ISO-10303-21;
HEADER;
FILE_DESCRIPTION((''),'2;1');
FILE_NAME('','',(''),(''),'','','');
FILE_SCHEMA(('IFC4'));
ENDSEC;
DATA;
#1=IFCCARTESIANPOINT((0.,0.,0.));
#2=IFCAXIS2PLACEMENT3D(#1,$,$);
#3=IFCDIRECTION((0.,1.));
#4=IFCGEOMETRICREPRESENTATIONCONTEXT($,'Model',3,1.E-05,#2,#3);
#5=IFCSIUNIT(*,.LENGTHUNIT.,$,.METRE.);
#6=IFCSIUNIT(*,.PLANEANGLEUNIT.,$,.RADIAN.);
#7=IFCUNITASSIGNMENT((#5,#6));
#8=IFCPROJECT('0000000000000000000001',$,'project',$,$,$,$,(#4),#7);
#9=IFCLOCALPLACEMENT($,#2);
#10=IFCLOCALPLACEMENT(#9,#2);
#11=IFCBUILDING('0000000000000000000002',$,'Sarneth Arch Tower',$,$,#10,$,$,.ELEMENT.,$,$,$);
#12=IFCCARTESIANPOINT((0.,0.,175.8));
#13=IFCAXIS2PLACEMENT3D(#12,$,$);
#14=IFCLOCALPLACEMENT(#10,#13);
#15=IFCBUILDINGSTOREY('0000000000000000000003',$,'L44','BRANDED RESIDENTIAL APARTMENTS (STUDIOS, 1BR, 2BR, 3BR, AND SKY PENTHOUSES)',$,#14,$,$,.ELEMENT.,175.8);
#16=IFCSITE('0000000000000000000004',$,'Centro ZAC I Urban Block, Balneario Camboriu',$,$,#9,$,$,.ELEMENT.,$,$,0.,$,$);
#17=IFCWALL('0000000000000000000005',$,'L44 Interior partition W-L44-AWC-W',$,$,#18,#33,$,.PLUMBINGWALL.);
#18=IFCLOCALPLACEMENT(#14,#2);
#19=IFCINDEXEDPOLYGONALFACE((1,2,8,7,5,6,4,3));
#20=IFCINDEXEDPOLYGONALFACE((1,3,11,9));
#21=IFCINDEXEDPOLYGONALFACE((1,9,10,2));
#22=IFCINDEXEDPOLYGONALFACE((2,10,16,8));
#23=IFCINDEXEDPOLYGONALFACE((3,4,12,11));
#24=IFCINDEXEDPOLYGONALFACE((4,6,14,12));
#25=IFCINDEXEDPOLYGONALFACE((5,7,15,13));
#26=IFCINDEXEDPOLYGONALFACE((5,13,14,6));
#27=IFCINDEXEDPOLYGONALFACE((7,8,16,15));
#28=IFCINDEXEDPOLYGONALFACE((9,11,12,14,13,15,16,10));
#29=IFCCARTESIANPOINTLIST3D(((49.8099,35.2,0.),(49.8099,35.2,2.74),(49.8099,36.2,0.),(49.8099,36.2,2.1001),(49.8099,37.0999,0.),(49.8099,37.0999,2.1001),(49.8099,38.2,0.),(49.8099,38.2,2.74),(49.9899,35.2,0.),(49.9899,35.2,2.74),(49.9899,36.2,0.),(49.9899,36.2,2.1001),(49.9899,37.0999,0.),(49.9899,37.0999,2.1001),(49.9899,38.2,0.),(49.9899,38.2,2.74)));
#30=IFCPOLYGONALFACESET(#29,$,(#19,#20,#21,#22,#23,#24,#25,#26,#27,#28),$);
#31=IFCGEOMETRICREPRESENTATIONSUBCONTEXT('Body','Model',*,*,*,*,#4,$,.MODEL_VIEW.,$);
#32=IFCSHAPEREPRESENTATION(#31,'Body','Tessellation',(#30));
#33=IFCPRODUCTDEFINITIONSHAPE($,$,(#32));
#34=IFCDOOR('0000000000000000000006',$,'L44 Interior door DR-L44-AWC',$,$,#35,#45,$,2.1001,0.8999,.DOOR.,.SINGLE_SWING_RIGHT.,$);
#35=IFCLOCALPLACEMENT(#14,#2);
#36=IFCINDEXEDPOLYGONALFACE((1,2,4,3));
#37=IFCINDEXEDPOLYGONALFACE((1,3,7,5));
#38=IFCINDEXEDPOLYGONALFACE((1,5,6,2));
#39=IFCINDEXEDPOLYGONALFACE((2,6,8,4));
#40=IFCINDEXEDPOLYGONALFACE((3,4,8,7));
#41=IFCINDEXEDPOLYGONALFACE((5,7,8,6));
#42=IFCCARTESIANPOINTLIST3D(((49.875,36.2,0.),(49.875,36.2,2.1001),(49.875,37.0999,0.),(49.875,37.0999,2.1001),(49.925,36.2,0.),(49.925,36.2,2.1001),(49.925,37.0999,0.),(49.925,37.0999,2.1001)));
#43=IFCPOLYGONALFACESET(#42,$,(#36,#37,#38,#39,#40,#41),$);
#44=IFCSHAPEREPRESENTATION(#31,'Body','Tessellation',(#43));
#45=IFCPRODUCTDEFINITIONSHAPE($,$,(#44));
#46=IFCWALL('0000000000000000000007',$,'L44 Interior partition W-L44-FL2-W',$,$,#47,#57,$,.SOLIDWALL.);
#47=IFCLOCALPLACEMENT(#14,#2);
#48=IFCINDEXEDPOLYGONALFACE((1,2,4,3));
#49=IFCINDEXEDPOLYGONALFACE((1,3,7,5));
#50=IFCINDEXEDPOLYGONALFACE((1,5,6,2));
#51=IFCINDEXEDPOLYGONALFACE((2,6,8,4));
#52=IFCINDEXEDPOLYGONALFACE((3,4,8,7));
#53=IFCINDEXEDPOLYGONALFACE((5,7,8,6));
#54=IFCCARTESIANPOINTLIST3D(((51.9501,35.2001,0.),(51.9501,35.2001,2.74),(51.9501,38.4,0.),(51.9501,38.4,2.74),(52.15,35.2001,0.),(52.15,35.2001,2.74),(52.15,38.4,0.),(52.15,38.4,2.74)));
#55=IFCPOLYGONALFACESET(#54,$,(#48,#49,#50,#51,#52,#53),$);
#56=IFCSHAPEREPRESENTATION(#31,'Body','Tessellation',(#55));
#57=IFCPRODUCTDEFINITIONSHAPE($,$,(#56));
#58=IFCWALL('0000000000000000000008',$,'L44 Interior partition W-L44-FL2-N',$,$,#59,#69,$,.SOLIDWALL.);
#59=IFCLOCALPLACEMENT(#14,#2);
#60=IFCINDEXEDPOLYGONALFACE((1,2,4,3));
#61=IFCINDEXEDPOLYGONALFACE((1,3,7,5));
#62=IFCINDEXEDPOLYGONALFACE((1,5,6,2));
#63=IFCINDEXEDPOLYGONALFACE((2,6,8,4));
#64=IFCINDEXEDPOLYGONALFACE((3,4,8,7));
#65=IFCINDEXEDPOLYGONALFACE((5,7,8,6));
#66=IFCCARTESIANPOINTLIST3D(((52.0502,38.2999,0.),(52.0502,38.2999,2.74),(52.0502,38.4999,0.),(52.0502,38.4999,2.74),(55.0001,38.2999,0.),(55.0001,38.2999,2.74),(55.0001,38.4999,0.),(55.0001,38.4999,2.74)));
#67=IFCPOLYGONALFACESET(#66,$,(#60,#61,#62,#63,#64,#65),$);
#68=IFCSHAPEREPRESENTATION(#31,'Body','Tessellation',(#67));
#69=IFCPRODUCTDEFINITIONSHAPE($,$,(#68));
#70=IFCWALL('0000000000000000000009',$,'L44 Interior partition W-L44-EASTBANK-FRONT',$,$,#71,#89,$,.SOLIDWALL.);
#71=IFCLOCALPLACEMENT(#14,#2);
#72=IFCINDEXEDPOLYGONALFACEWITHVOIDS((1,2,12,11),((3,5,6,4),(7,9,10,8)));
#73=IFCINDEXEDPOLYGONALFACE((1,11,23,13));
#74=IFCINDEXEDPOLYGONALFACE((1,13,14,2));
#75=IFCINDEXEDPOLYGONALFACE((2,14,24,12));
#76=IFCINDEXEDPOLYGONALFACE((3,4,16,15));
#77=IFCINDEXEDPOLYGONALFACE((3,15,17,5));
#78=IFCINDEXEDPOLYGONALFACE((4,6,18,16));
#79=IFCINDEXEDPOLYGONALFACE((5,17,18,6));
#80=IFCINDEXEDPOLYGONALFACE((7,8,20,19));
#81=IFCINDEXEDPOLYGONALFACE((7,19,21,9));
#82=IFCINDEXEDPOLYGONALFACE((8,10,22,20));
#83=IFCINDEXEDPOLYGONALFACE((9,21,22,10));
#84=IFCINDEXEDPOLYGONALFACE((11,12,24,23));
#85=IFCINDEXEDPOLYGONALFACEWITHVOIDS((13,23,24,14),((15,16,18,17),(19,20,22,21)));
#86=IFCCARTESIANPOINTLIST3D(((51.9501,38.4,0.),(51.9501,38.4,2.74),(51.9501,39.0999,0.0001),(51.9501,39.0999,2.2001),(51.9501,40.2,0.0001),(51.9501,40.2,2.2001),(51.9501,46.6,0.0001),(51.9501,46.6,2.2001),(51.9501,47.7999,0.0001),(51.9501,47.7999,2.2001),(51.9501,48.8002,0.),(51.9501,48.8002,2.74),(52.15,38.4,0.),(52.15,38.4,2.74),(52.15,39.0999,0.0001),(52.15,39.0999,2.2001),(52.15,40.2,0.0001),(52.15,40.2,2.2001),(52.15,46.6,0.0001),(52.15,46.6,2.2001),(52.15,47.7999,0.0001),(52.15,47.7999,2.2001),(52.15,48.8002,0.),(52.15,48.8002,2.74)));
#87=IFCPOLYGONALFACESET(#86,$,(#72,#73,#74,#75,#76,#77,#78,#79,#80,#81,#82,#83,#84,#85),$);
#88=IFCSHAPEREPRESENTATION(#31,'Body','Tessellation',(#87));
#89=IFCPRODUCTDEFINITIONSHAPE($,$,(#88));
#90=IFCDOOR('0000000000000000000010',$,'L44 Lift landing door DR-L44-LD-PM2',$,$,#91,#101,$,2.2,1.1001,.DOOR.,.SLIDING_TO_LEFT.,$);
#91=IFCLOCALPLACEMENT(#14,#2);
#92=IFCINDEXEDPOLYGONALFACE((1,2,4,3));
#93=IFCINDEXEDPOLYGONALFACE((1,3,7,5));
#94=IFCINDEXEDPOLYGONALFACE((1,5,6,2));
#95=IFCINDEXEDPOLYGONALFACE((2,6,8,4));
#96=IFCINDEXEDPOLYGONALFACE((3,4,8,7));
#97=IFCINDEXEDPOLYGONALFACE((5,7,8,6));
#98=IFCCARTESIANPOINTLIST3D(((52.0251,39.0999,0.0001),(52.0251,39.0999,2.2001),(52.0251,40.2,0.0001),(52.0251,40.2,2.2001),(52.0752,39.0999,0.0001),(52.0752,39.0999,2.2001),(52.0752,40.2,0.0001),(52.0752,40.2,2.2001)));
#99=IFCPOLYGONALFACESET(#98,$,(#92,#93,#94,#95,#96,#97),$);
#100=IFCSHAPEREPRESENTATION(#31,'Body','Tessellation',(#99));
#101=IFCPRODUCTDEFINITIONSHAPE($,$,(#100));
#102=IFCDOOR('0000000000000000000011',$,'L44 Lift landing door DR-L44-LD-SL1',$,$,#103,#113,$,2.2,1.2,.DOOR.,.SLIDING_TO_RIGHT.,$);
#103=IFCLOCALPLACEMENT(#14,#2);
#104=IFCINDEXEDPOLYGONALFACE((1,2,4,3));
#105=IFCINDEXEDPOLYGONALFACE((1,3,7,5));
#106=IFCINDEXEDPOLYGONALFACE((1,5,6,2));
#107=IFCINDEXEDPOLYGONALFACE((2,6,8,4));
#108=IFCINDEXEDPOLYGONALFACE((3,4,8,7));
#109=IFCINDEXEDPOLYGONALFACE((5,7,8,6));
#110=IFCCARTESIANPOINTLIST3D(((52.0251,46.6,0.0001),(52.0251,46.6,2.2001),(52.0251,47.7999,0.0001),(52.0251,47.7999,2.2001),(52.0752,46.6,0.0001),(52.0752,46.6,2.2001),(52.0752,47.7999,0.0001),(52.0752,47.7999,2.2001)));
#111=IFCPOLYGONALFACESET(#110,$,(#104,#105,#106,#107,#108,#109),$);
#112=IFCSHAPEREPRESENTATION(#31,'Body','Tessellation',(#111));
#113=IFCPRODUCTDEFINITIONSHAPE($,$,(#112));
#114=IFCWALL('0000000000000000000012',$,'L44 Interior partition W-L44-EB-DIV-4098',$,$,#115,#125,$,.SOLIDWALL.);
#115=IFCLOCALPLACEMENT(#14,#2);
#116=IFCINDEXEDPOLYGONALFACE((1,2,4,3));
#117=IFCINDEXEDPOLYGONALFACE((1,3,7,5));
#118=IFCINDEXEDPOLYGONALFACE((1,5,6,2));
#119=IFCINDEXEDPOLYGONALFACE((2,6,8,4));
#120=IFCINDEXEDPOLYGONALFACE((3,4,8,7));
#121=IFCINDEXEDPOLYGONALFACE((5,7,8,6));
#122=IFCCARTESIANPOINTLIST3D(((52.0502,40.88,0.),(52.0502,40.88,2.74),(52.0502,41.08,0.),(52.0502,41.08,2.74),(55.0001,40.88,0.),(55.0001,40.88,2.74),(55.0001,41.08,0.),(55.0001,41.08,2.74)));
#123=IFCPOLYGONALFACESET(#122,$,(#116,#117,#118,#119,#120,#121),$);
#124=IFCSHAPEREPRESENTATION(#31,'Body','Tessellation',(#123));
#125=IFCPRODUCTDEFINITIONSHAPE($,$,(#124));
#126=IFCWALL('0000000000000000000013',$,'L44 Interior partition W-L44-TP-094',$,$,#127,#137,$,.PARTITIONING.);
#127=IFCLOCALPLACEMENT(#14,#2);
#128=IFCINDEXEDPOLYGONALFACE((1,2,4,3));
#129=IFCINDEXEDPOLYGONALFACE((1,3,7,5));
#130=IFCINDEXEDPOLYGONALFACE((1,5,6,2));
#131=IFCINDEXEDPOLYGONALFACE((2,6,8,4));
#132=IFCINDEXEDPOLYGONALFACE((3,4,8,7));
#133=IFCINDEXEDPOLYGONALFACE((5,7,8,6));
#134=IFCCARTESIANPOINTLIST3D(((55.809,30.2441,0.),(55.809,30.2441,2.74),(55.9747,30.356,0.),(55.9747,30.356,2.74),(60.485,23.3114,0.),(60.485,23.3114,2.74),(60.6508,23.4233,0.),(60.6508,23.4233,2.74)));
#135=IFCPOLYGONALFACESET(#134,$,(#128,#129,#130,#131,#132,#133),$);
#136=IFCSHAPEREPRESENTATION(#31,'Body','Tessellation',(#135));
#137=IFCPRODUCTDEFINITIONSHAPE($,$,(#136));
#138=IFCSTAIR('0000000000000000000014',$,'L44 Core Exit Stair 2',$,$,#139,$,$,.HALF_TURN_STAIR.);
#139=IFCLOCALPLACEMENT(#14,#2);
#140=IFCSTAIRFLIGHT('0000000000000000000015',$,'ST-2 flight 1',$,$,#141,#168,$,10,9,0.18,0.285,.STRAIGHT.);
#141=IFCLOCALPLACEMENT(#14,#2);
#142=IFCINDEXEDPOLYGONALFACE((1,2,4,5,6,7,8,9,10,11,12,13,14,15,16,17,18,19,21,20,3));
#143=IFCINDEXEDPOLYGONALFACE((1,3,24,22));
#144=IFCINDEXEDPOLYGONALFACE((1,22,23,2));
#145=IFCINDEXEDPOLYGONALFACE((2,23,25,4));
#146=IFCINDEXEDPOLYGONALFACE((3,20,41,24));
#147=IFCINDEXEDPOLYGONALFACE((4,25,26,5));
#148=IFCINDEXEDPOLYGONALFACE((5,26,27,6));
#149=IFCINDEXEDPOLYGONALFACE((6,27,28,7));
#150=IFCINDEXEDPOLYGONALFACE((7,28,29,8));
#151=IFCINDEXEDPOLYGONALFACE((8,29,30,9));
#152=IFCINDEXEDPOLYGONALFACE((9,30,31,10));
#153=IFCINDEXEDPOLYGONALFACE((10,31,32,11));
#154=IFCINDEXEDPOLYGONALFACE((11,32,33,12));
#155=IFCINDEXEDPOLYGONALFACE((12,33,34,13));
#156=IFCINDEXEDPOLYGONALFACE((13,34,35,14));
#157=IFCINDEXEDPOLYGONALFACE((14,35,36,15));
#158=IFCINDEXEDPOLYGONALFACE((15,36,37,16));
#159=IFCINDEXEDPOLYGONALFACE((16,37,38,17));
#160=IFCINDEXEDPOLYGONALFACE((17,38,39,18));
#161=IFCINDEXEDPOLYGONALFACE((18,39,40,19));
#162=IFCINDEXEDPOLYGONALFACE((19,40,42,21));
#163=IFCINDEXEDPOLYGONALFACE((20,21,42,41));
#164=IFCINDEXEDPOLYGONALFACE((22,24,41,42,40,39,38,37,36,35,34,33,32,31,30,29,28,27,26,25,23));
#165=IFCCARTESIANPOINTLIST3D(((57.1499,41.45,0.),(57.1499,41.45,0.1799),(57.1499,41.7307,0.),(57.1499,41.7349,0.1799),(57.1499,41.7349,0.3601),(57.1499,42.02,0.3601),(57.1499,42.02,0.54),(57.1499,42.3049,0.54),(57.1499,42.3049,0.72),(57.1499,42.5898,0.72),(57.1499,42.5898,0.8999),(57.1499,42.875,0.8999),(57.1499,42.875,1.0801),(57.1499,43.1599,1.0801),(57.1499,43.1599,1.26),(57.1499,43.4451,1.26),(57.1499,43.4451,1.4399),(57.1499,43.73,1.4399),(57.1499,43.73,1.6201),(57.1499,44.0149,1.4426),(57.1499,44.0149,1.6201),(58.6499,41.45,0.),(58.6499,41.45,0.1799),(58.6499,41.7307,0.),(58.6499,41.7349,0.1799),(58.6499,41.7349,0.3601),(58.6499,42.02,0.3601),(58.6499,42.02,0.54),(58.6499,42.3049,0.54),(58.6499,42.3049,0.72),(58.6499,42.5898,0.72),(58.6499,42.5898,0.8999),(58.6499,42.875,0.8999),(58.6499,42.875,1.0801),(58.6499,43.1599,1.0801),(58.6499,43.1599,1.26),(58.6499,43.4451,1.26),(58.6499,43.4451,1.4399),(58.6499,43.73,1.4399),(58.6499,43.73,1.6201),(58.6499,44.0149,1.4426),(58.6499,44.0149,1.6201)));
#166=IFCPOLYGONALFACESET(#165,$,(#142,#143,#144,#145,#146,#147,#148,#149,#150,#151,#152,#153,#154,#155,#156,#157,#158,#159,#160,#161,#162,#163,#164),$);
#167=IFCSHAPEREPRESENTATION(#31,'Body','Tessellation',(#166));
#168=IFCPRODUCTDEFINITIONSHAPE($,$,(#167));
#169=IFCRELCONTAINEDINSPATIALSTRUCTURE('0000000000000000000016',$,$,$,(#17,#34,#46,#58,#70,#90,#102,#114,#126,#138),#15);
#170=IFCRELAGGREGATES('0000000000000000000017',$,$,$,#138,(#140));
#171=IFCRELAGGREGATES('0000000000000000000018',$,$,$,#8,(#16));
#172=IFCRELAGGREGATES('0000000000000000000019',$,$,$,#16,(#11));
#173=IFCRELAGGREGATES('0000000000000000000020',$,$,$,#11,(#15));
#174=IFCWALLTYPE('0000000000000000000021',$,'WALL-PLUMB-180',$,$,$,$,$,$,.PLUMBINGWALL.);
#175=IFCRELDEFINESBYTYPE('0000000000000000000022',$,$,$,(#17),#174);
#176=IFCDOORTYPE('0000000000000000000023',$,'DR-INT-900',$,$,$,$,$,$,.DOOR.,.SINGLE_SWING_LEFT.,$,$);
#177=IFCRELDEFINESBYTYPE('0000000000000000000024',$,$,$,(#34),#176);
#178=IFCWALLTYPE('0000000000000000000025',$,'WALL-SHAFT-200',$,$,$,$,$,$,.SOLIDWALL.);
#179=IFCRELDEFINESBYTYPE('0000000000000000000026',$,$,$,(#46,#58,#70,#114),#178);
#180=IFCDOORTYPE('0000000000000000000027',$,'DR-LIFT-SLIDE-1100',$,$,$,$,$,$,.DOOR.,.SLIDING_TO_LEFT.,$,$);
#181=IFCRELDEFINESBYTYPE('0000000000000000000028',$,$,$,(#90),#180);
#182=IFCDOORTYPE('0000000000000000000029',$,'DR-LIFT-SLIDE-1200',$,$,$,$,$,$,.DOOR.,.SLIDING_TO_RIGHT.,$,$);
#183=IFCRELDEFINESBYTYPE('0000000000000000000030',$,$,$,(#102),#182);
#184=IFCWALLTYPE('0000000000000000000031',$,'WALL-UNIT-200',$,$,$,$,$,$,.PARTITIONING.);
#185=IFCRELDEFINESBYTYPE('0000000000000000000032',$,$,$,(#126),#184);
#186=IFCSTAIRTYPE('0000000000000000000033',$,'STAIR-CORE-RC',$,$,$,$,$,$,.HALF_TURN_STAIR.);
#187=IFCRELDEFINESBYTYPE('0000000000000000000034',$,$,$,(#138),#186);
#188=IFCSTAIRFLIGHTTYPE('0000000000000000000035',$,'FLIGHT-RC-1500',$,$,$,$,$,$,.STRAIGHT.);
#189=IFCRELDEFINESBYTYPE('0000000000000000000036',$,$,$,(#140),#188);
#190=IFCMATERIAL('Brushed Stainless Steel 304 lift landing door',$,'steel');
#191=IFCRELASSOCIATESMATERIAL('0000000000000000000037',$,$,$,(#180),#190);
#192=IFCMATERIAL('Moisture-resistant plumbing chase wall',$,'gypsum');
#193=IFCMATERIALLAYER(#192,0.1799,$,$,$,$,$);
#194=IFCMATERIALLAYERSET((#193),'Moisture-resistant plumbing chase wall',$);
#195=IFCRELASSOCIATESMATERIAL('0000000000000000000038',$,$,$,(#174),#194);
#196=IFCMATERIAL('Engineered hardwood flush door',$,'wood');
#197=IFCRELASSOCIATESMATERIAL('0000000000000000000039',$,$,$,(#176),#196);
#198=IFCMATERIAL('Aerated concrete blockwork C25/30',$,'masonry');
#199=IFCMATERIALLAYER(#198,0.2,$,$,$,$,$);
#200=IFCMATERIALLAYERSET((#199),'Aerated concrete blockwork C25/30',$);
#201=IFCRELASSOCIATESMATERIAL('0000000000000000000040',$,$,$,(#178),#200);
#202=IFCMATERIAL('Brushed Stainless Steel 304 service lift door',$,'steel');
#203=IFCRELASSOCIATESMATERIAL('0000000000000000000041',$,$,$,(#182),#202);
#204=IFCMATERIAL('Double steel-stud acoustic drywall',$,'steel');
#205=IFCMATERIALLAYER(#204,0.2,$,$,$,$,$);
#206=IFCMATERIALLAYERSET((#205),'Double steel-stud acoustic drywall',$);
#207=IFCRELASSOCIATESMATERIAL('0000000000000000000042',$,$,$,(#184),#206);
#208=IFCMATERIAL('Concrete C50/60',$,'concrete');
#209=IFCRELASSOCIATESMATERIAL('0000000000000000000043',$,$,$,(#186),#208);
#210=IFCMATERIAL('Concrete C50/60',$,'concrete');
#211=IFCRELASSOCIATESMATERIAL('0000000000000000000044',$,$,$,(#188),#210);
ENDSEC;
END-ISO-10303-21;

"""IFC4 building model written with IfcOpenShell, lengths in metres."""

from ifc_helpers import new_model, si_unit, direction, frame, frame_2d, origin, place, context, subcontext, project, spatial, polyline, rectangle, outline, extrude, material, layer, layer_set, type_object, element, fill, aggregate, save


model = new_model("IFC4")

# Units and contexts
model_context = context("Model", 3, precision=1e-05, world=origin(), true_north=direction((0.0, 1.0)))
body_context = subcontext(model_context, "Body", "Model", "MODEL_VIEW")
ifc_project = project(units=[si_unit("LENGTHUNIT", "METRE"), si_unit("PLANEANGLEUNIT", "RADIAN")], contexts=[model_context])

# Site, building, storey
site_placement = place(None, origin())
site = spatial("IfcSite", under=ifc_project, at=site_placement, Name="Centro ZAC I Urban Block, Balneario Camboriu", CompositionType="ELEMENT", RefElevation=0.0)
building_placement = place(site_placement, origin())
building = spatial("IfcBuilding", under=site, at=building_placement, Name="Sarneth Arch Tower", CompositionType="ELEMENT")
storey_placement = place(building_placement, frame((0.0, 0.0, 175.8)))
storey = spatial("IfcBuildingStorey", under=building, at=storey_placement, Name="L44", Description="BRANDED RESIDENTIAL APARTMENTS (STUDIOS, 1BR, 2BR, 3BR, AND SKY PENTHOUSES)", CompositionType="ELEMENT", Elevation=175.8)

# Shared definitions
ifc_material_1 = material(Name="Brushed Stainless Steel 304 lift landing door", Category="steel")
door_type_1 = type_object("IfcDoorType", Name="DR-LIFT-SLIDE-1100", OperationType="SLIDING_TO_LEFT", PredefinedType="DOOR", material=ifc_material_1)

# Shared definitions
ifc_material_2 = material(Name="Moisture-resistant plumbing chase wall", Category="gypsum")
ifc_layer_1 = layer(ifc_material_2, 0.1799)
ifc_layer_set_1 = layer_set([ifc_layer_1], Name="Moisture-resistant plumbing chase wall")
wall_type_1 = type_object("IfcWallType", Name="WALL-PLUMB-180", PredefinedType="PLUMBINGWALL", material=ifc_layer_set_1)

# Wall, opening, door
wall_1_placement = place(storey_placement, frame((49.8999, 35.2, 0.0), z_axis=(0.0, 0.0, 1.0), x_axis=(0.0, 1.0, 0.0)))
wall_1 = element("IfcWall", 1, at=wall_1_placement, inside=storey, type_object=wall_type_1, Name="L44 Interior partition W-L44-AWC-W", PredefinedType="PLUMBINGWALL", context=body_context, shape_type="SweptSolid", body=[
    extrude(rectangle(XDim=3.0, YDim=0.1799, at=frame_2d((1.5, 0.0))), origin(), (0.0, 0.0, 1.0), 2.74),
])
opening_1_placement = place(wall_1_placement, frame((1.0, 0.0, 0.0)))
opening_1 = element("IfcOpeningElement", 2, at=opening_1_placement, cuts=wall_1, PredefinedType="OPENING", context=body_context, shape_type="SweptSolid", body=[
    extrude(rectangle(XDim=0.8999, YDim=2.1001, at=frame_2d((0.45, 1.05))), frame((0.0, 0.0999, 0.0), z_axis=(0.0, -1.0, 0.0), x_axis=(1.0, 0.0, 0.0)), (0.0, 0.0, 1.0), 0.2),
])
ifc_material_3 = material(Name="Engineered hardwood flush door", Category="wood")
door_type_2 = type_object("IfcDoorType", Name="DR-INT-900", OperationType="SINGLE_SWING_LEFT", PredefinedType="DOOR", material=ifc_material_3)
door_1_placement = place(opening_1_placement, origin())
door_1 = element("IfcDoor", 3, at=door_1_placement, inside=storey, type_object=door_type_2, Name="L44 Interior door DR-L44-AWC", OperationType="SINGLE_SWING_RIGHT", OverallHeight=2.1001, OverallWidth=0.8999, PredefinedType="DOOR", context=body_context, shape_type="SweptSolid", body=[
    extrude(rectangle(XDim=0.8999, YDim=2.1001, at=frame_2d((0.45, 1.05))), frame((0.0, 0.0249, 0.0), z_axis=(0.0, -1.0, 0.0), x_axis=(1.0, 0.0, 0.0)), (0.0, 0.0, 1.0), 0.05),
])
fill(opening_1, door_1)
ifc_material_4 = material(Name="Aerated concrete blockwork C25/30", Category="masonry")
ifc_layer_2 = layer(ifc_material_4, 0.2)
ifc_layer_set_2 = layer_set([ifc_layer_2], Name="Aerated concrete blockwork C25/30")
wall_type_2 = type_object("IfcWallType", Name="WALL-SHAFT-200", PredefinedType="SOLIDWALL", material=ifc_layer_set_2)

# Walls
wall_2_placement = place(storey_placement, frame((52.05, 35.2, 0.0), z_axis=(0.0, 0.0, 1.0), x_axis=(0.0, 1.0, 0.0)))
element("IfcWall", 4, at=wall_2_placement, inside=storey, type_object=wall_type_2, Name="L44 Interior partition W-L44-FL2-W", PredefinedType="SOLIDWALL", context=body_context, shape_type="SweptSolid", body=[
    extrude(rectangle(XDim=3.2, YDim=0.2, at=frame_2d((1.6001, 0.0))), origin(), (0.0, 0.0, 1.0), 2.74),
])
wall_3_placement = place(storey_placement, frame((52.05, 38.3999, 0.0), z_axis=(0.0, 0.0, 1.0), x_axis=(1.0, 0.0, 0.0)))
element("IfcWall", 5, at=wall_3_placement, inside=storey, type_object=wall_type_2, Name="L44 Interior partition W-L44-FL2-N", PredefinedType="SOLIDWALL", context=body_context, shape_type="SweptSolid", body=[
    extrude(rectangle(XDim=2.95, YDim=0.2, at=frame_2d((1.4751, 0.0))), origin(), (0.0, 0.0, 1.0), 2.74),
])

# Wall, openings, doors
wall_4_placement = place(storey_placement, frame((52.05, 38.3999, 0.0), z_axis=(0.0, 0.0, 1.0), x_axis=(0.0, 1.0, 0.0)))
wall_4 = element("IfcWall", 6, at=wall_4_placement, inside=storey, type_object=wall_type_2, Name="L44 Interior partition W-L44-EASTBANK-FRONT", PredefinedType="SOLIDWALL", context=body_context, shape_type="SweptSolid", body=[
    extrude(rectangle(XDim=10.4001, YDim=0.2, at=frame_2d((5.2002, 0.0))), origin(), (0.0, 0.0, 1.0), 2.74),
])
opening_2_placement = place(wall_4_placement, frame((0.7, 0.0, 0.0)))
opening_2 = element("IfcOpeningElement", 7, at=opening_2_placement, cuts=wall_4, PredefinedType="OPENING", context=body_context, shape_type="SweptSolid", body=[
    extrude(rectangle(XDim=1.1001, YDim=2.2, at=frame_2d((0.55, 1.1001))), frame((0.0, 0.1099, 0.0), z_axis=(0.0, -1.0, 0.0), x_axis=(1.0, 0.0, 0.0)), (0.0, 0.0, 1.0), 0.22),
])
opening_3_placement = place(wall_4_placement, frame((8.2, 0.0, 0.0)))
opening_3 = element("IfcOpeningElement", 8, at=opening_3_placement, cuts=wall_4, PredefinedType="OPENING", context=body_context, shape_type="SweptSolid", body=[
    extrude(rectangle(XDim=1.2, YDim=2.2, at=frame_2d((0.6001, 1.1001))), frame((0.0, 0.1099, 0.0), z_axis=(0.0, -1.0, 0.0), x_axis=(1.0, 0.0, 0.0)), (0.0, 0.0, 1.0), 0.22),
])
door_2_placement = place(opening_2_placement, origin())
door_2 = element("IfcDoor", 9, at=door_2_placement, inside=storey, type_object=door_type_1, Name="L44 Lift landing door DR-L44-LD-PM2", OperationType="SLIDING_TO_LEFT", OverallHeight=2.2, OverallWidth=1.1001, PredefinedType="DOOR", context=body_context, shape_type="SweptSolid", body=[
    extrude(rectangle(XDim=1.1001, YDim=2.2, at=frame_2d((0.55, 1.1001))), frame((0.0, 0.0249, 0.0), z_axis=(0.0, -1.0, 0.0), x_axis=(1.0, 0.0, 0.0)), (0.0, 0.0, 1.0), 0.05),
])
fill(opening_2, door_2)
ifc_material_5 = material(Name="Brushed Stainless Steel 304 service lift door", Category="steel")
door_type_3 = type_object("IfcDoorType", Name="DR-LIFT-SLIDE-1200", OperationType="SLIDING_TO_RIGHT", PredefinedType="DOOR", material=ifc_material_5)
door_3_placement = place(opening_3_placement, origin())
door_3 = element("IfcDoor", 10, at=door_3_placement, inside=storey, type_object=door_type_3, Name="L44 Lift landing door DR-L44-LD-SL1", OperationType="SLIDING_TO_RIGHT", OverallHeight=2.2, OverallWidth=1.2, PredefinedType="DOOR", context=body_context, shape_type="SweptSolid", body=[
    extrude(rectangle(XDim=1.2, YDim=2.2, at=frame_2d((0.6001, 1.1001))), frame((0.0, 0.0249, 0.0), z_axis=(0.0, -1.0, 0.0), x_axis=(1.0, 0.0, 0.0)), (0.0, 0.0, 1.0), 0.05),
])
fill(opening_3, door_3)

# Walls
wall_5_placement = place(storey_placement, frame((52.05, 40.98, 0.0), z_axis=(0.0, 0.0, 1.0), x_axis=(1.0, 0.0, 0.0)))
element("IfcWall", 11, at=wall_5_placement, inside=storey, type_object=wall_type_2, Name="L44 Interior partition W-L44-EB-DIV-4098", PredefinedType="SOLIDWALL", context=body_context, shape_type="SweptSolid", body=[
    extrude(rectangle(XDim=2.95, YDim=0.2, at=frame_2d((1.4751, 0.0))), origin(), (0.0, 0.0, 1.0), 2.74),
])
ifc_material_6 = material(Name="Double steel-stud acoustic drywall", Category="steel")
ifc_layer_3 = layer(ifc_material_6, 0.2)
ifc_layer_set_3 = layer_set([ifc_layer_3], Name="Double steel-stud acoustic drywall")
wall_type_3 = type_object("IfcWallType", Name="WALL-UNIT-200", PredefinedType="PARTITIONING", material=ifc_layer_set_3)
wall_6_placement = place(storey_placement, frame((55.8918, 30.3, 0.0), z_axis=(0.0, 0.0, 1.0), x_axis=(0.559186, -0.829042, 0.0)))
element("IfcWall", 12, at=wall_6_placement, inside=storey, type_object=wall_type_3, Name="L44 Interior partition W-L44-TP-094", PredefinedType="PARTITIONING", context=body_context, shape_type="SweptSolid", body=[
    extrude(rectangle(XDim=8.3623, YDim=0.2, at=frame_2d((4.1812, 0.0))), origin(), (0.0, 0.0, 1.0), 2.74),
])

# Stair, stair flight
ifc_material_7 = material(Name="Concrete C50/60", Category="concrete")
stair_type = type_object("IfcStairType", Name="STAIR-CORE-RC", PredefinedType="HALF_TURN_STAIR", material=ifc_material_7)
stair_placement = place(storey_placement, origin())
stair = element("IfcStair", 13, at=stair_placement, inside=storey, type_object=stair_type, Name="L44 Core Exit Stair 2", PredefinedType="HALF_TURN_STAIR")
ifc_material_8 = material(Name="Concrete C50/60", Category="concrete")
stair_flight_type = type_object("IfcStairFlightType", Name="FLIGHT-RC-1500", PredefinedType="STRAIGHT", material=ifc_material_8)
stair_flight_placement = place(storey_placement, frame((57.8999, 41.45, 0.0), z_axis=(0.0, 0.0, 1.0), x_axis=(0.0, 1.0, 0.0)))
stair_flight = element("IfcStairFlight", 14, at=stair_flight_placement, type_object=stair_flight_type, Name="ST-2 flight 1", NumberOfRisers=10, NumberOfTreads=9, PredefinedType="STRAIGHT", RiserHeight=0.18, TreadLength=0.285, context=body_context, shape_type="SweptSolid", body=[
    extrude(outline(polyline([(0.0, 0.0), (0.0, 0.1799), (0.2849, 0.1799), (0.2849, 0.3601), (0.5701, 0.3601), (0.5701, 0.54), (0.855, 0.54), (0.855, 0.72), (1.1399, 0.72), (1.1399, 0.8999), (1.425, 0.8999), (1.425, 1.0801), (1.71, 1.0801), (1.71, 1.26), (1.9951, 1.26), (1.9951, 1.4399), (2.28, 1.4399), (2.28, 1.6201), (2.5649, 1.6201), (2.5649, 1.8), (2.5649, 1.4426), (0.2808, 0.0), (0.0, 0.0)])), frame((0.0, 0.75, 0.0), z_axis=(0.0, -1.0, 0.0), x_axis=(1.0, 0.0, 0.0)), (0.0, 0.0, 1.0), 1.5),
])
aggregate(stair, [stair_flight])

save(model, "model.ifc")
